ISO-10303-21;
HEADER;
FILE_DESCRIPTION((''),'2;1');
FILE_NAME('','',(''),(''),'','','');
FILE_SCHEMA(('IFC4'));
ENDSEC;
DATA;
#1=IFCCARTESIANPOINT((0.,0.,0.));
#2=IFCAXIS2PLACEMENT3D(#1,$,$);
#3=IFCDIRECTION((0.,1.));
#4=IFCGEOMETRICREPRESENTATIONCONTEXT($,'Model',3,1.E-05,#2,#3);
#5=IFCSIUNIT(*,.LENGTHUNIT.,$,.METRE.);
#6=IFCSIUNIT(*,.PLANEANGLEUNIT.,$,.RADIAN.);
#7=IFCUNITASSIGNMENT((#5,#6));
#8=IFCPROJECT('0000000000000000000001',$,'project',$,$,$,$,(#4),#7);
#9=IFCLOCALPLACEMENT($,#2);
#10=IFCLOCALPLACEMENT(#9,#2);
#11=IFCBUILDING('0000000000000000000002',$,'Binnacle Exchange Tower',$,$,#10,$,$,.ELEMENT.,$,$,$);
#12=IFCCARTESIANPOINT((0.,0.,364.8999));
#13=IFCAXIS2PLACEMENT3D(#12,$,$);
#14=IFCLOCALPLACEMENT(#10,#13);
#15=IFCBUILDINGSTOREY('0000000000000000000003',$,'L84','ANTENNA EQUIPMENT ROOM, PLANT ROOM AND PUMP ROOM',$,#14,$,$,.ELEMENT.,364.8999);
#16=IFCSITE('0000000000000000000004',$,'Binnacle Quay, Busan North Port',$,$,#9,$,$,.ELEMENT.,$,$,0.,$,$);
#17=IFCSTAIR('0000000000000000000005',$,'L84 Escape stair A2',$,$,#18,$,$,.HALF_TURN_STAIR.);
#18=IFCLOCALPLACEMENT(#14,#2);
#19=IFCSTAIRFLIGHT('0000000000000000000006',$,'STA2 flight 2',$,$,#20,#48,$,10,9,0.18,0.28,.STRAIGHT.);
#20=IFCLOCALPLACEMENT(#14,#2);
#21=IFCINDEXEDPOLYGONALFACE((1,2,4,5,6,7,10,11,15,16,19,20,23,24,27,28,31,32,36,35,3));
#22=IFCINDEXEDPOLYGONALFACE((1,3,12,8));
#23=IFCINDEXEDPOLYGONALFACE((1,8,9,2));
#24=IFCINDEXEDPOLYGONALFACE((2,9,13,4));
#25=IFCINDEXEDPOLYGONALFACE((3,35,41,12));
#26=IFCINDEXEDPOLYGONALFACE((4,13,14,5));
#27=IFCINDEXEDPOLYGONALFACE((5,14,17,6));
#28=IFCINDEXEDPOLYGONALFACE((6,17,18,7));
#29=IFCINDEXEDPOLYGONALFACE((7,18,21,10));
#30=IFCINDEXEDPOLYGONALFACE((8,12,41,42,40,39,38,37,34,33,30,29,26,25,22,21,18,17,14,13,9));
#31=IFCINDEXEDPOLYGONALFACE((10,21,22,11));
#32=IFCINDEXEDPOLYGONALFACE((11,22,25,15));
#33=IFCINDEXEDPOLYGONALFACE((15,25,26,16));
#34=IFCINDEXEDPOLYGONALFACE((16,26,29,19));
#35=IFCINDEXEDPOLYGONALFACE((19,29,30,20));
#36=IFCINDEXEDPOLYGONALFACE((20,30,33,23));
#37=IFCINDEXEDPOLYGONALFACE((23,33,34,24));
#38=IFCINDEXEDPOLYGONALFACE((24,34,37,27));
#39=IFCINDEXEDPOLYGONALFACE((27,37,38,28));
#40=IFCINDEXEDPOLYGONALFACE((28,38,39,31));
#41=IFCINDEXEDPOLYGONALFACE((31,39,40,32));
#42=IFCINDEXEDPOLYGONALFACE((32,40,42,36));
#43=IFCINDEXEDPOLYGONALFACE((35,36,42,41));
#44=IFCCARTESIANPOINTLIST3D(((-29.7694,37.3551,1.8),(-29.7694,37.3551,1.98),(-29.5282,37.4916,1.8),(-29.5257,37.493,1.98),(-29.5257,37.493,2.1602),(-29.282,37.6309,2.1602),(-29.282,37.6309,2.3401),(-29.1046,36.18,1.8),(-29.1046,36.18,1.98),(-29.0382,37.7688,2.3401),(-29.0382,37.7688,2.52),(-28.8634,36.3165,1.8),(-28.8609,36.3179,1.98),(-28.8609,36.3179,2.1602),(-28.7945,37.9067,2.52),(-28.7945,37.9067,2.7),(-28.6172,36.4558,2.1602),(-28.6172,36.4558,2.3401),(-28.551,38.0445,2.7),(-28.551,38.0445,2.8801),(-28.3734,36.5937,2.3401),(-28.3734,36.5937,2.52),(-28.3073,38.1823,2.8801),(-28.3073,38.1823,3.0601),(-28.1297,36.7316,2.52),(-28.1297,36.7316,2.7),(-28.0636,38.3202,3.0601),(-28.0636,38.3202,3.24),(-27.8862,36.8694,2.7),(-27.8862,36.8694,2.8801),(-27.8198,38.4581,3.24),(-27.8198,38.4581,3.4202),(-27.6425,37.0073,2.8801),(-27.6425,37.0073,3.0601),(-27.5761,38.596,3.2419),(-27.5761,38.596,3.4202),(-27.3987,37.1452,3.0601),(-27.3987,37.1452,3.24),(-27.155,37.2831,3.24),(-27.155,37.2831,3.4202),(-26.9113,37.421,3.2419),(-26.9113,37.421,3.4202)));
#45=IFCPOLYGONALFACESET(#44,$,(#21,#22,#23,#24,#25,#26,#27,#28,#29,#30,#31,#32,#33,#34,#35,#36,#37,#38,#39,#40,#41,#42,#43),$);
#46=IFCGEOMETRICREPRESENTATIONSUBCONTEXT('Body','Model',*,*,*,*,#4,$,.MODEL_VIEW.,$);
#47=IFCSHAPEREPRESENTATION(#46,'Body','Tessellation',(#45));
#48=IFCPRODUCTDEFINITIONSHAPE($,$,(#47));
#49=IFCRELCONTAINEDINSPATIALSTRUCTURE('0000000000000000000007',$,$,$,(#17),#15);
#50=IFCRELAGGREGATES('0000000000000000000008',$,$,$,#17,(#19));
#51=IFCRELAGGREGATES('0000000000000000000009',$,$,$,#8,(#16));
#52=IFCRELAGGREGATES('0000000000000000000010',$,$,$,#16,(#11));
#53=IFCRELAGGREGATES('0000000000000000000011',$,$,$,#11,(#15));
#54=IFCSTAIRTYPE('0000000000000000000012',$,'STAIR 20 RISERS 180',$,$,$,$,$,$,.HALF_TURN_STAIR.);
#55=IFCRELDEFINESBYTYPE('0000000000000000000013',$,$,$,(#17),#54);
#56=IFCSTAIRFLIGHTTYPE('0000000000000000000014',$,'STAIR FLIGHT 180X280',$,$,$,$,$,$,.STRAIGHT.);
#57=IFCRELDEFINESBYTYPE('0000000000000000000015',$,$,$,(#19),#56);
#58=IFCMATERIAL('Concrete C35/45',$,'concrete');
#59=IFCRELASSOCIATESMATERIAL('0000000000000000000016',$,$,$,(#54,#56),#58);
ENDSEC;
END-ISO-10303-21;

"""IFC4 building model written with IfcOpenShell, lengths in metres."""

from ifc_helpers import new_model, si_unit, direction, frame, origin, place, context, subcontext, project, spatial, polyline, outline, extrude, material, type_object, element, aggregate, save


model = new_model("IFC4")

# Units and contexts
model_context = context("Model", 3, precision=1e-05, world=origin(), true_north=direction((0.0, 1.0)))
body_context = subcontext(model_context, "Body", "Model", "MODEL_VIEW")
ifc_project = project(units=[si_unit("LENGTHUNIT", "METRE"), si_unit("PLANEANGLEUNIT", "RADIAN")], contexts=[model_context])

# Site, building, storey
site_placement = place(None, origin())
site = spatial("IfcSite", under=ifc_project, at=site_placement, Name="Binnacle Quay, Busan North Port", CompositionType="ELEMENT", RefElevation=0.0)
building_placement = place(site_placement, origin())
building = spatial("IfcBuilding", under=site, at=building_placement, Name="Binnacle Exchange Tower", CompositionType="ELEMENT")
storey_placement = place(building_placement, frame((0.0, 0.0, 364.8999)))
storey = spatial("IfcBuildingStorey", under=building, at=storey_placement, Name="L84", Description="ANTENNA EQUIPMENT ROOM, PLANT ROOM AND PUMP ROOM", CompositionType="ELEMENT", Elevation=364.8999)

# Shared definitions
ifc_material_1 = material(Name="Concrete C35/45", Category="concrete")

# Stair
stair_type = type_object("IfcStairType", Name="STAIR 20 RISERS 180", PredefinedType="HALF_TURN_STAIR", material=ifc_material_1)
stair_1_placement = place(storey_placement, origin())
stair_1 = element("IfcStair", 1, at=stair_1_placement, inside=storey, type_object=stair_type, Name="L84 Escape stair A2", PredefinedType="HALF_TURN_STAIR")

# Stair flight
stair_flight_type = type_object("IfcStairFlightType", Name="STAIR FLIGHT 180X280", PredefinedType="STRAIGHT", material=ifc_material_1)
stair_flight_placement = place(storey_placement, frame((-29.437, 36.7676, 1.8), z_axis=(0.0, 0.0, 1.0), x_axis=(0.870356, 0.492424, 0.0)))
stair_flight = element("IfcStairFlight", 2, at=stair_flight_placement, type_object=stair_flight_type, Name="STA2 flight 2", NumberOfRisers=10, NumberOfTreads=9, PredefinedType="STRAIGHT", RiserHeight=0.18, TreadLength=0.28, context=body_context, shape_type="SweptSolid", body=[
    extrude(outline(polyline([(0.0, 0.0), (0.0, 0.1799), (0.28, 0.1799), (0.28, 0.3601), (0.5601, 0.3601), (0.5601, 0.54), (0.8401, 0.54), (0.8401, 0.72), (1.1201, 0.72), (1.1201, 0.8999), (1.3999, 0.8999), (1.3999, 1.0801), (1.6799, 1.0801), (1.6799, 1.26), (1.96, 1.26), (1.96, 1.4399), (2.24, 1.4399), (2.24, 1.6201), (2.52, 1.6201), (2.52, 1.8), (2.52, 1.4419), (0.2771, 0.0), (0.0, 0.0)])), frame((0.0, 0.675, 0.0), z_axis=(0.0, -1.0, 0.0), x_axis=(1.0, 0.0, 0.0)), (0.0, 0.0, 1.0), 1.3501),
])
aggregate(stair_1, [stair_flight])

save(model, "model.ifc")
